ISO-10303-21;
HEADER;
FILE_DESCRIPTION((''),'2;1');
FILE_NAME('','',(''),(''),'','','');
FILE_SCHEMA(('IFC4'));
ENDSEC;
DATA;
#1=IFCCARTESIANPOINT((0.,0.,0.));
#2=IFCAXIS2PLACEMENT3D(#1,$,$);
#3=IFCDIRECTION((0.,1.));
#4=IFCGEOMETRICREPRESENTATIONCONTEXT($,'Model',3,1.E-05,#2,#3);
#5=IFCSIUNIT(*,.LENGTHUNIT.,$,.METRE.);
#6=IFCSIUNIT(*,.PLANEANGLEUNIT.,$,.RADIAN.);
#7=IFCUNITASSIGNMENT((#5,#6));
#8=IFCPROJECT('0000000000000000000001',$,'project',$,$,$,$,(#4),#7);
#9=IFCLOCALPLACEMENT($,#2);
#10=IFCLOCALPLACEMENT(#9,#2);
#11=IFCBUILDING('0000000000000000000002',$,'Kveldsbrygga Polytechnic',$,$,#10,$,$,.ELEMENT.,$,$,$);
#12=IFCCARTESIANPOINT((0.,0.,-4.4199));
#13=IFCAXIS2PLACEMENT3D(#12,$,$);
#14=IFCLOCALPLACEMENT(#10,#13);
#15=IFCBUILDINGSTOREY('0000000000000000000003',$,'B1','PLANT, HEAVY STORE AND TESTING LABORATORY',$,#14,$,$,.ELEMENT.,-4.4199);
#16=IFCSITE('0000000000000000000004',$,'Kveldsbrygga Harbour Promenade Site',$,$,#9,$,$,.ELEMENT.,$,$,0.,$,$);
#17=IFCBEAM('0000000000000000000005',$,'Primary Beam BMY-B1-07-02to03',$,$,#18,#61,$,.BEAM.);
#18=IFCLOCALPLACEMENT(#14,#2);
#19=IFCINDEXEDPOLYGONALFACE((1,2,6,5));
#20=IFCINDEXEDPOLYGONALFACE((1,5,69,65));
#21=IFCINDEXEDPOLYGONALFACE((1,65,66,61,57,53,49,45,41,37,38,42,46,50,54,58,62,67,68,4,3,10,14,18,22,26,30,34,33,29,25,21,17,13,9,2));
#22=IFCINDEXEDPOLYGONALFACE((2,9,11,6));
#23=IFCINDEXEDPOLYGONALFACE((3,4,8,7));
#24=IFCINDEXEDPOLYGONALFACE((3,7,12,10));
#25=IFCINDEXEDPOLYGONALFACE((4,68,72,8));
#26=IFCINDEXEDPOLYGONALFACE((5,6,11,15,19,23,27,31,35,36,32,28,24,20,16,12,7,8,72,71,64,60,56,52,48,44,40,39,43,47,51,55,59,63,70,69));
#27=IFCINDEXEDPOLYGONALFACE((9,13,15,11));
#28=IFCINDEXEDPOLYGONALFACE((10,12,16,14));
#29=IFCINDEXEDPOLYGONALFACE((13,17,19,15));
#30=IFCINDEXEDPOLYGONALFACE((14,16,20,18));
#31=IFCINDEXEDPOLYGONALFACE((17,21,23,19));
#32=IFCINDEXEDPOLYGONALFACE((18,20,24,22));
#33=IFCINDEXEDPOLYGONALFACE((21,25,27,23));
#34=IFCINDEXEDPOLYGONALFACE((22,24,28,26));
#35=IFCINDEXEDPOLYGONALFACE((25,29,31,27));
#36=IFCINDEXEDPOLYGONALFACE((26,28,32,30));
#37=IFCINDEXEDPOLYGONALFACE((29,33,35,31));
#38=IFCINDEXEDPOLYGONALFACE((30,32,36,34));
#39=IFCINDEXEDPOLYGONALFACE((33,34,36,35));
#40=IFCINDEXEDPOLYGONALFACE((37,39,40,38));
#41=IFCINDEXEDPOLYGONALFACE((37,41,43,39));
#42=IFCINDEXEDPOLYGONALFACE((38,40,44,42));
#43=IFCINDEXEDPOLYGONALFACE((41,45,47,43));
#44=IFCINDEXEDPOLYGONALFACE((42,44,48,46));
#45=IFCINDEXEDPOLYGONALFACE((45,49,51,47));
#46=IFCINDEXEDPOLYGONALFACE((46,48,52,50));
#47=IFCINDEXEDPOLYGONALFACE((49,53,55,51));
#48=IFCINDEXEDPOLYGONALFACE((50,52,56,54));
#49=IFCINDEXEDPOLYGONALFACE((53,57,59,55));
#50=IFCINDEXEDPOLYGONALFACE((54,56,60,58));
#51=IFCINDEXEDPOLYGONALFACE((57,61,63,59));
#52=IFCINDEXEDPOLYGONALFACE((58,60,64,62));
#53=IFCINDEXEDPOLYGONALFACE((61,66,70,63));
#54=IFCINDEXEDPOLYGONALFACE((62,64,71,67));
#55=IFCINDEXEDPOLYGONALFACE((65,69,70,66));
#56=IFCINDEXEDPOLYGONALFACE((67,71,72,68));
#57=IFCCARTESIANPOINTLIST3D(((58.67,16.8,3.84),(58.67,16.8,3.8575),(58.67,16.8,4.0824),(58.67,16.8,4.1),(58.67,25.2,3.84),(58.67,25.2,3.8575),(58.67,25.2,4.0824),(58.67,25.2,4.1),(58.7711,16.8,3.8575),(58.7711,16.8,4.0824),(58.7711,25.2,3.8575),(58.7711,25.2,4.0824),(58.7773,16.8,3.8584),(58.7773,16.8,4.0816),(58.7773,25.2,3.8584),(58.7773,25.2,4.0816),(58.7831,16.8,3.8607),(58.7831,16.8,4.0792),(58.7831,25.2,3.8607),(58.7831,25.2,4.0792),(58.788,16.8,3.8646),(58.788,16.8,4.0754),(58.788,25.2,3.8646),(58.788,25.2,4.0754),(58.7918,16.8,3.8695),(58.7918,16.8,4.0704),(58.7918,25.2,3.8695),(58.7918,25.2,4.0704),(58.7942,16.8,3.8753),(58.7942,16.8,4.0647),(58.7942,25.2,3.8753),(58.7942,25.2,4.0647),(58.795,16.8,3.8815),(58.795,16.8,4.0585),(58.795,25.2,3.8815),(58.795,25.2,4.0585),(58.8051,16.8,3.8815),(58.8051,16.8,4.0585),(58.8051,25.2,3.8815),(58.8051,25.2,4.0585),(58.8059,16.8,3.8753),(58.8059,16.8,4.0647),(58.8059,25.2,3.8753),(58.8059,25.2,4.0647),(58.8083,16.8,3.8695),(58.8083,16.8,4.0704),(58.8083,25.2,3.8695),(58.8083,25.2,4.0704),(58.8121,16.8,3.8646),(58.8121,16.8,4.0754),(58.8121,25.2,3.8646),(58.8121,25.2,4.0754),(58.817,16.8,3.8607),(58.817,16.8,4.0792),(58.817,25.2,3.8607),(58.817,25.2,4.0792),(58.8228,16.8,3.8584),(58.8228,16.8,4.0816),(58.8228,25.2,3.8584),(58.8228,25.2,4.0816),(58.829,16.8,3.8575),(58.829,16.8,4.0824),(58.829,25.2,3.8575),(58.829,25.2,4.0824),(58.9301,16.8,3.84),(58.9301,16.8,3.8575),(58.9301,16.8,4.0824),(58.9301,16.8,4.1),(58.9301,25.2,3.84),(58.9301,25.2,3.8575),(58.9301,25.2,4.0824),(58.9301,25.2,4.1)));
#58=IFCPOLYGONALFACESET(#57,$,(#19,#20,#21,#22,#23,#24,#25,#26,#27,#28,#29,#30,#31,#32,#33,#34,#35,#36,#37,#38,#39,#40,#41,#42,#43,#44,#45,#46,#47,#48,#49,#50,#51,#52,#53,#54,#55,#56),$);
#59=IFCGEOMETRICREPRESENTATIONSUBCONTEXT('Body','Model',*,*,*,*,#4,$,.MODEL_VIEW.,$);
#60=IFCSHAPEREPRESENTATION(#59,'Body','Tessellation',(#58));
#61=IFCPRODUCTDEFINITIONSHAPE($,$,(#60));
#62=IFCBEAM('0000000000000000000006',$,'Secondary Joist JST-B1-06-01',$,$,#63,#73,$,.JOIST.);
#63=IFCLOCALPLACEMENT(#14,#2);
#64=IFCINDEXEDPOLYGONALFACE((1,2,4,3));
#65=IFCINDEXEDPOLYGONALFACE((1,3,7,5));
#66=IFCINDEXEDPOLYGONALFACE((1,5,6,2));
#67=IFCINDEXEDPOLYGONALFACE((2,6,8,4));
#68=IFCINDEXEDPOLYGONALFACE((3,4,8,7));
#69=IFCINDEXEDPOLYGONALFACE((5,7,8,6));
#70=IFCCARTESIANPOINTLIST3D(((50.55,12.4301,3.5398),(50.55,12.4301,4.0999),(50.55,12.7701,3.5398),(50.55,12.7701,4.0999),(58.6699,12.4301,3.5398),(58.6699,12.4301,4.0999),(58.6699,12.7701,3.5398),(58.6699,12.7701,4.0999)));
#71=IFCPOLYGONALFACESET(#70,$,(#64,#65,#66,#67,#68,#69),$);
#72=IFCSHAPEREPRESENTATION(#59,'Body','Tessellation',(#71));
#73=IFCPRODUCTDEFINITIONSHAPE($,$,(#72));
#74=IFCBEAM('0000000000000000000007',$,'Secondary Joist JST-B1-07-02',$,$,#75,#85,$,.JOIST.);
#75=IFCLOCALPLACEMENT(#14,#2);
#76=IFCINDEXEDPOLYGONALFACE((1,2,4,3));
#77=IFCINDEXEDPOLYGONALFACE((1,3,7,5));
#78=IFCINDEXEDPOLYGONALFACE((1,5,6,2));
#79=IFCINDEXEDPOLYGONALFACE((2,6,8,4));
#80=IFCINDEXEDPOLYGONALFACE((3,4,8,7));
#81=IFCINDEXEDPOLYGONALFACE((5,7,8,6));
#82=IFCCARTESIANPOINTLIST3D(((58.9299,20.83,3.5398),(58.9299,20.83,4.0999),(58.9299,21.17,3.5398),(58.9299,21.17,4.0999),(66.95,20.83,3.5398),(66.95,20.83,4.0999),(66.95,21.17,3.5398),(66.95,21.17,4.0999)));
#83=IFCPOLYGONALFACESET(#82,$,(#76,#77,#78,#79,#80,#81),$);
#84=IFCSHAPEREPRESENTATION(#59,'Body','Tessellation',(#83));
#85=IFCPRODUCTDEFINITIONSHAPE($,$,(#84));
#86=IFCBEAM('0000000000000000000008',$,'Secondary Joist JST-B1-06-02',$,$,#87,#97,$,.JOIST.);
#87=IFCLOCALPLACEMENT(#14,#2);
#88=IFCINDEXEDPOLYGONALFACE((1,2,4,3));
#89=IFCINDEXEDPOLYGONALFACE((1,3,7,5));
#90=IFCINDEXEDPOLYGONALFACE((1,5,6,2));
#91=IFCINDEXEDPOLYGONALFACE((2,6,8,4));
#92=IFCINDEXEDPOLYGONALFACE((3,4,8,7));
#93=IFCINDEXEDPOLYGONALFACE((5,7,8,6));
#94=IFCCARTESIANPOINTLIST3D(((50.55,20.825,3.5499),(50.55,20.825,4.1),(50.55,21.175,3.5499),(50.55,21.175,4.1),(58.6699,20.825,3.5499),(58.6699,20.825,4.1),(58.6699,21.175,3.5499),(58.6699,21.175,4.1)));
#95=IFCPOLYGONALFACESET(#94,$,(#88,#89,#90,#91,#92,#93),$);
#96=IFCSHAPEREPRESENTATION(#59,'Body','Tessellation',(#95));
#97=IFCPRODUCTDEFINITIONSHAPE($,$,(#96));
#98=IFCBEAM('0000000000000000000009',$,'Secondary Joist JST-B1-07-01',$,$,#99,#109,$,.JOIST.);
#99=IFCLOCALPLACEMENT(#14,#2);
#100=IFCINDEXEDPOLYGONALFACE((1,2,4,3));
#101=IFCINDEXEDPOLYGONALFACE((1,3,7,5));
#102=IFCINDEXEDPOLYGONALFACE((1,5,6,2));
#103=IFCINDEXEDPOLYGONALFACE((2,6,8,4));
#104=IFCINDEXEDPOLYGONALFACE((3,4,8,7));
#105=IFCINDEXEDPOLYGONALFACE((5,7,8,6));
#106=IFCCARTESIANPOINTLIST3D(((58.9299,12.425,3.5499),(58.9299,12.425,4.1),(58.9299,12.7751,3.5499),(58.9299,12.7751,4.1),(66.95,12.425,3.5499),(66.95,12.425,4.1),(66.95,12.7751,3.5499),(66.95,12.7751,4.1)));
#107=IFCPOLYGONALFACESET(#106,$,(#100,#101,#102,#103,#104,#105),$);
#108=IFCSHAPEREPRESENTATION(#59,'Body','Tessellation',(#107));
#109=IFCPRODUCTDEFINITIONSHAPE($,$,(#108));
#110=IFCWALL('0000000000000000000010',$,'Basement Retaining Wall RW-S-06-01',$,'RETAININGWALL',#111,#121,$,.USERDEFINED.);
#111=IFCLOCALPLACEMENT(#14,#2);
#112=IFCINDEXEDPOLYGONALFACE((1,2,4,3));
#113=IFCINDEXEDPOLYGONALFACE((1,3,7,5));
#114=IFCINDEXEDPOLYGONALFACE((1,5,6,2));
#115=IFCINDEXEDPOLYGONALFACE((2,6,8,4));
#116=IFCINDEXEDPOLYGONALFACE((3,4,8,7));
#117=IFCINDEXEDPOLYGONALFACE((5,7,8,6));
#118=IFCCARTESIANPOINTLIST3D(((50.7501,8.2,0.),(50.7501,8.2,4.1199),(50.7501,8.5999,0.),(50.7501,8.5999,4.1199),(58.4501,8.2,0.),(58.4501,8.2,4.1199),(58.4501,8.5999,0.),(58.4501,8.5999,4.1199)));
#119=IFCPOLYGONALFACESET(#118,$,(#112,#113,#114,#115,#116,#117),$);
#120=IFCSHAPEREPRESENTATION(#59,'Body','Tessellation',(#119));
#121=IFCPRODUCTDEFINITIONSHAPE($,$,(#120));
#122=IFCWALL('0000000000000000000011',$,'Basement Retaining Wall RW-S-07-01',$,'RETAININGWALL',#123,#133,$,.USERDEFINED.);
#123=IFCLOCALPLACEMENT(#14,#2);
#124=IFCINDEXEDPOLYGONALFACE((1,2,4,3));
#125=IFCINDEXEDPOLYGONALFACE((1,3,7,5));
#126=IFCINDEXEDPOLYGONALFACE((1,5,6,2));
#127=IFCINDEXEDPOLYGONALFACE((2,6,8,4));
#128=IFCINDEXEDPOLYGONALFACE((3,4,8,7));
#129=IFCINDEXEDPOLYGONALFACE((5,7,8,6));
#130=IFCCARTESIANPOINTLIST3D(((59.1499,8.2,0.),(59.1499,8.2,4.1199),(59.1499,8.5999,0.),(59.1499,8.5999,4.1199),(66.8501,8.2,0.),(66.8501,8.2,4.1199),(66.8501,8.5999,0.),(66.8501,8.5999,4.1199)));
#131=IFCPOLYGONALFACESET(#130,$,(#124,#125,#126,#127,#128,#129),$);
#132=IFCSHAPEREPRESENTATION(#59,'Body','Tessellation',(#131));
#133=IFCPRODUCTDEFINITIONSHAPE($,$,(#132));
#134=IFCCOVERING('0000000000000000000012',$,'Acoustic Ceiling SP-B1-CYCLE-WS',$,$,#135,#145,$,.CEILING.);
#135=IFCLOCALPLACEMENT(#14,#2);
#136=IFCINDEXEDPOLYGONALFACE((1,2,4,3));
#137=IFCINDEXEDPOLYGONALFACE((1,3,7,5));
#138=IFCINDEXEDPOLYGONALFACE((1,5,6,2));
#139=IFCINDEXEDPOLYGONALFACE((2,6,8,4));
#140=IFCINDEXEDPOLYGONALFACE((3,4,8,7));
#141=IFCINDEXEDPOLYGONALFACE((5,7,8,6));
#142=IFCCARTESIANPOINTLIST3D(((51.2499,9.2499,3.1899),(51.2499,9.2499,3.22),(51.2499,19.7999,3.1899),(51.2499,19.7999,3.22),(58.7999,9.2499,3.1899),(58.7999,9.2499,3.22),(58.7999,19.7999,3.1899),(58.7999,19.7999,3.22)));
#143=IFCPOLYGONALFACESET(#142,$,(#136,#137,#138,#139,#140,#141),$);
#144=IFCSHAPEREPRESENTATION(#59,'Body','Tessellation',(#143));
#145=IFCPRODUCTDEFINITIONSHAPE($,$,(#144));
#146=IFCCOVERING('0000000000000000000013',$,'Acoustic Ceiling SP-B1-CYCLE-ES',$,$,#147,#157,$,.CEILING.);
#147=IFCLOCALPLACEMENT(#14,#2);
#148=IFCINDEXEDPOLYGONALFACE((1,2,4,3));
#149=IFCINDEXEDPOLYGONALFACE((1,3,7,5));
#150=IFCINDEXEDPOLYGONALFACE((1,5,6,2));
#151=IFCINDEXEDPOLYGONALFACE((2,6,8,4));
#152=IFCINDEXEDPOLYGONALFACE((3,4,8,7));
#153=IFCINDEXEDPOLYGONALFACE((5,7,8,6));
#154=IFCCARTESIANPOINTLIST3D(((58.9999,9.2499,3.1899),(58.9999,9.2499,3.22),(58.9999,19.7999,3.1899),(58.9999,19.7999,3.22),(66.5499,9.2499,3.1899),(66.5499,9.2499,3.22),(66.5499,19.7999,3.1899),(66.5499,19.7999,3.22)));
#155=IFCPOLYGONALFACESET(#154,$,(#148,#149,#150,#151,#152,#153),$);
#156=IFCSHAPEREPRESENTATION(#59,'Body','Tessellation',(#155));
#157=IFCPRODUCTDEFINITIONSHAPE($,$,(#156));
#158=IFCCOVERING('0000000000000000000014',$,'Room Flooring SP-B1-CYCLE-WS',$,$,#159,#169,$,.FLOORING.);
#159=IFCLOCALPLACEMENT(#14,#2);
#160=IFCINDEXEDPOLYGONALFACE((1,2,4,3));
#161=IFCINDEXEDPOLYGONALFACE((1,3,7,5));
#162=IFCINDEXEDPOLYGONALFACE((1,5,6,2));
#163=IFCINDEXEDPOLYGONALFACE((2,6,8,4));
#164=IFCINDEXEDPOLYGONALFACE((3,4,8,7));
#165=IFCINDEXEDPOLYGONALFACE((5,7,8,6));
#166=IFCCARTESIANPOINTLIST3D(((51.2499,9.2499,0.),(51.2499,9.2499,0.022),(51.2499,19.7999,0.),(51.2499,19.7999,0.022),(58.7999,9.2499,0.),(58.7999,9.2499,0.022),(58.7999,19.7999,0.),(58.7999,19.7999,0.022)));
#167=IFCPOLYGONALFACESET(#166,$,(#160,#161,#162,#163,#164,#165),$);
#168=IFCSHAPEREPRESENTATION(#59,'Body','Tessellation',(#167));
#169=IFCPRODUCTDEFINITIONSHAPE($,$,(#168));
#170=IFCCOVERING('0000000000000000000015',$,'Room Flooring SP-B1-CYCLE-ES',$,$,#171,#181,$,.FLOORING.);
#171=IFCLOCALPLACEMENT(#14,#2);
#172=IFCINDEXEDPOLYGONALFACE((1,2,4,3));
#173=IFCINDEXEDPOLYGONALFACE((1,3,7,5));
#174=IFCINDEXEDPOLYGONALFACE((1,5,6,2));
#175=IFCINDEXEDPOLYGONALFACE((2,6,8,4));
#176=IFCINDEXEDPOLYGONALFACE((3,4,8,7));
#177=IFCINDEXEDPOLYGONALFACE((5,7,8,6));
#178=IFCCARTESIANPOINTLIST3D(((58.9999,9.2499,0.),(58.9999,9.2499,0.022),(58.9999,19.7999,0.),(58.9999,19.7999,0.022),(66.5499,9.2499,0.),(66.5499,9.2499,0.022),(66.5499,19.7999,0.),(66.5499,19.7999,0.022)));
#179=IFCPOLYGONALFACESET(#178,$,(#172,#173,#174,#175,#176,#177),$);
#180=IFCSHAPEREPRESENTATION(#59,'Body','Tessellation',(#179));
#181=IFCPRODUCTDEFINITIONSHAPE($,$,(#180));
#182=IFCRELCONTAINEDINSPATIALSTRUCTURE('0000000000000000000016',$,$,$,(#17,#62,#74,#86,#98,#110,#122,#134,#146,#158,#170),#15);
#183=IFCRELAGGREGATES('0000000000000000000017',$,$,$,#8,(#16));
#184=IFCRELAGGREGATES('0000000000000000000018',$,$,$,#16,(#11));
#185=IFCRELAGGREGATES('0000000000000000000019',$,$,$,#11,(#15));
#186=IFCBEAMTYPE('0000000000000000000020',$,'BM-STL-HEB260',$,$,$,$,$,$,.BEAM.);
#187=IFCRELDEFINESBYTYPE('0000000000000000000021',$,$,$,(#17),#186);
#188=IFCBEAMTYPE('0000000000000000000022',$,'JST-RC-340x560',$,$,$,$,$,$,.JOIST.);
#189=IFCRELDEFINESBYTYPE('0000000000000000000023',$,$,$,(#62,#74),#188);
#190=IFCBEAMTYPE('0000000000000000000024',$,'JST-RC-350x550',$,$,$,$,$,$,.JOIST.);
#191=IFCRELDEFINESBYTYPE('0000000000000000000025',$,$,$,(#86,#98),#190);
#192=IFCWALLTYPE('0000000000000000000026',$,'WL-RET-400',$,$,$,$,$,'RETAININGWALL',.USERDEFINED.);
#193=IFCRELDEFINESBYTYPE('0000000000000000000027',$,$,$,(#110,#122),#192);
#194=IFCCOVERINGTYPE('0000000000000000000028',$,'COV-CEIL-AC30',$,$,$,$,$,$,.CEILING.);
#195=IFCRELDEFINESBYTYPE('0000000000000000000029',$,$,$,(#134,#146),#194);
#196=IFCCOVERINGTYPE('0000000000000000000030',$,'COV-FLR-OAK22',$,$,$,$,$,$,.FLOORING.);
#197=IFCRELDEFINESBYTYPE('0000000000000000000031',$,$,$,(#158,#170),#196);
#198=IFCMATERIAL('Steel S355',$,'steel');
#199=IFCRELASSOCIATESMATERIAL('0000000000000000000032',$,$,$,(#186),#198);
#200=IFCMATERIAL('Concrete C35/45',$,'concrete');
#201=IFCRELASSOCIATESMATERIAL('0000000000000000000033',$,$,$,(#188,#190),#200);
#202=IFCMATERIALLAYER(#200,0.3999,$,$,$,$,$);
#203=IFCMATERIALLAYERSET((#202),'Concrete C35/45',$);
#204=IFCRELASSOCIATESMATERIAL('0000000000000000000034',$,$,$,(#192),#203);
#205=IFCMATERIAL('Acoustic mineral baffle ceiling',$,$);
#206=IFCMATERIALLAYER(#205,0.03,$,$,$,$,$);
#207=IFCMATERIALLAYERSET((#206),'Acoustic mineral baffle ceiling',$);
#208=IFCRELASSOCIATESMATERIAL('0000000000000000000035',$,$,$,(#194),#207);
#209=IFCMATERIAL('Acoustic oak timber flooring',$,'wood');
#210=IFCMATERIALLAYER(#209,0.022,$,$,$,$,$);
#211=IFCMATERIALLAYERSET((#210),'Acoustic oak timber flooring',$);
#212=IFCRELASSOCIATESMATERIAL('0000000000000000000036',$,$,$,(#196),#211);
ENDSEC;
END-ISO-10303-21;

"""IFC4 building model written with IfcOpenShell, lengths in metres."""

from ifc_helpers import new_model, si_unit, direction, frame, frame_2d, origin, origin_2d, place, context, subcontext, project, spatial, rectangle, i_section, extrude, material, layer, layer_set, material_profile, profile_set, type_object, element, save


model = new_model("IFC4")

# Units and contexts
model_context = context("Model", 3, precision=1e-05, world=origin(), true_north=direction((0.0, 1.0)))
body_context = subcontext(model_context, "Body", "Model", "MODEL_VIEW")
ifc_project = project(units=[si_unit("LENGTHUNIT", "METRE"), si_unit("PLANEANGLEUNIT", "RADIAN")], contexts=[model_context])

# Site, building, storey
site_placement = place(None, origin())
site = spatial("IfcSite", under=ifc_project, at=site_placement, Name="Kveldsbrygga Harbour Promenade Site", CompositionType="ELEMENT", RefElevation=0.0)
building_placement = place(site_placement, origin())
building = spatial("IfcBuilding", under=site, at=building_placement, Name="Kveldsbrygga Polytechnic", CompositionType="ELEMENT")
storey_placement = place(building_placement, frame((0.0, 0.0, -4.4199)))
storey = spatial("IfcBuildingStorey", under=building, at=storey_placement, Name="B1", Description="PLANT, HEAVY STORE AND TESTING LABORATORY", CompositionType="ELEMENT", Elevation=-4.4199)

# Shared definitions
ifc_material_1 = material(Name="Concrete C35/45", Category="concrete")

# Beams
ifc_material_2 = material(Name="Steel S355", Category="steel")
ifc_material_profile_1 = material_profile(ifc_material_2, i_section(OverallWidth=0.26, OverallDepth=0.26, WebThickness=0.01, FlangeThickness=0.0176, FilletRadius=0.0239, at=origin_2d()), Name="HEB 260")
ifc_profile_set_1 = profile_set([ifc_material_profile_1], Name="Steel S355")
beam_type_1 = type_object("IfcBeamType", Name="BM-STL-HEB260", PredefinedType="BEAM", material=ifc_profile_set_1)
beam_1_placement = place(storey_placement, frame((58.8, 16.8, 3.97), z_axis=(0.0, 1.0, 0.0), x_axis=(-1.0, 0.0, 0.0)))
element("IfcBeam", 1, at=beam_1_placement, inside=storey, type_object=beam_type_1, Name="Primary Beam BMY-B1-07-02to03", PredefinedType="BEAM", context=body_context, shape_type="SweptSolid", body=[
    extrude(i_section(OverallWidth=0.26, OverallDepth=0.26, WebThickness=0.01, FlangeThickness=0.0176, FilletRadius=0.0239, at=origin_2d()), origin(), (0.0, 0.0, 1.0), 8.3999),
])
ifc_material_profile_2 = material_profile(ifc_material_1, rectangle(XDim=0.3401, YDim=0.5601, at=origin_2d()), Name="RC 340x560")
ifc_profile_set_2 = profile_set([ifc_material_profile_2], Name="Concrete C35/45")
beam_type_2 = type_object("IfcBeamType", Name="JST-RC-340x560", PredefinedType="JOIST", material=ifc_profile_set_2)
beam_2_placement = place(storey_placement, frame((50.55, 12.6001, 3.8198), z_axis=(1.0, 0.0, 0.0), x_axis=(0.0, 1.0, 0.0)))
element("IfcBeam", 2, at=beam_2_placement, inside=storey, type_object=beam_type_2, Name="Secondary Joist JST-B1-06-01", PredefinedType="JOIST", context=body_context, shape_type="SweptSolid", body=[
    extrude(rectangle(XDim=0.3401, YDim=0.5601, at=origin_2d()), origin(), (0.0, 0.0, 1.0), 8.1199),
])
beam_3_placement = place(storey_placement, frame((58.9299, 21.0, 3.8198), z_axis=(1.0, 0.0, 0.0), x_axis=(0.0, 1.0, 0.0)))
element("IfcBeam", 3, at=beam_3_placement, inside=storey, type_object=beam_type_2, Name="Secondary Joist JST-B1-07-02", PredefinedType="JOIST", context=body_context, shape_type="SweptSolid", body=[
    extrude(rectangle(XDim=0.3401, YDim=0.5601, at=origin_2d()), origin(), (0.0, 0.0, 1.0), 8.02),
])
ifc_material_profile_3 = material_profile(ifc_material_1, rectangle(XDim=0.3501, YDim=0.55, at=origin_2d()), Name="RC 350x550")
ifc_profile_set_3 = profile_set([ifc_material_profile_3], Name="Concrete C35/45")
beam_type_3 = type_object("IfcBeamType", Name="JST-RC-350x550", PredefinedType="JOIST", material=ifc_profile_set_3)
beam_4_placement = place(storey_placement, frame((50.55, 21.0, 3.825), z_axis=(1.0, 0.0, 0.0), x_axis=(0.0, 1.0, 0.0)))
element("IfcBeam", 4, at=beam_4_placement, inside=storey, type_object=beam_type_3, Name="Secondary Joist JST-B1-06-02", PredefinedType="JOIST", context=body_context, shape_type="SweptSolid", body=[
    extrude(rectangle(XDim=0.3501, YDim=0.55, at=origin_2d()), origin(), (0.0, 0.0, 1.0), 8.1199),
])
beam_5_placement = place(storey_placement, frame((58.9299, 12.6001, 3.825), z_axis=(1.0, 0.0, 0.0), x_axis=(0.0, 1.0, 0.0)))
element("IfcBeam", 5, at=beam_5_placement, inside=storey, type_object=beam_type_3, Name="Secondary Joist JST-B1-07-01", PredefinedType="JOIST", context=body_context, shape_type="SweptSolid", body=[
    extrude(rectangle(XDim=0.3501, YDim=0.55, at=origin_2d()), origin(), (0.0, 0.0, 1.0), 8.02),
])

# Walls
ifc_layer_1 = layer(ifc_material_1, 0.3999)
ifc_layer_set_1 = layer_set([ifc_layer_1], Name="Concrete C35/45")
wall_type = type_object("IfcWallType", Name="WL-RET-400", ElementType="RETAININGWALL", PredefinedType="USERDEFINED", material=ifc_layer_set_1)
wall_1_placement = place(storey_placement, frame((50.75, 8.3999, 0.0), z_axis=(0.0, 0.0, 1.0), x_axis=(1.0, 0.0, 0.0)))
element("IfcWall", 6, at=wall_1_placement, inside=storey, type_object=wall_type, Name="Basement Retaining Wall RW-S-06-01", ObjectType="RETAININGWALL", PredefinedType="USERDEFINED", context=body_context, shape_type="SweptSolid", body=[
    extrude(rectangle(XDim=7.7, YDim=0.3999, at=frame_2d((3.8501, 0.0))), origin(), (0.0, 0.0, 1.0), 4.1199),
])
wall_2_placement = place(storey_placement, frame((59.1499, 8.3999, 0.0), z_axis=(0.0, 0.0, 1.0), x_axis=(1.0, 0.0, 0.0)))
element("IfcWall", 7, at=wall_2_placement, inside=storey, type_object=wall_type, Name="Basement Retaining Wall RW-S-07-01", ObjectType="RETAININGWALL", PredefinedType="USERDEFINED", context=body_context, shape_type="SweptSolid", body=[
    extrude(rectangle(XDim=7.7002, YDim=0.3999, at=frame_2d((3.8501, 0.0))), origin(), (0.0, 0.0, 1.0), 4.1199),
])

# Coverings
ifc_material_3 = material(Name="Acoustic mineral baffle ceiling")
ifc_layer_2 = layer(ifc_material_3, 0.03)
ifc_layer_set_2 = layer_set([ifc_layer_2], Name="Acoustic mineral baffle ceiling")
covering_type_1 = type_object("IfcCoveringType", Name="COV-CEIL-AC30", PredefinedType="CEILING", material=ifc_layer_set_2)
for number, where, z_axis, x_axis, name in (
    (8, (55.0249, 14.5249, 3.1899), (0.0, 0.0, 1.0), (1.0, 0.0, 0.0), "Acoustic Ceiling SP-B1-CYCLE-WS"),
    (9, (62.7749, 14.5249, 3.1899), (0.0, 0.0, 1.0), (1.0, 0.0, 0.0), "Acoustic Ceiling SP-B1-CYCLE-ES"),
):
    element("IfcCovering", number, at=place(storey_placement, frame(where, z_axis=z_axis, x_axis=x_axis)), inside=storey, type_object=covering_type_1, Name=name, PredefinedType="CEILING", context=body_context, shape_type="SweptSolid", body=[
        extrude(rectangle(XDim=7.55, YDim=10.55, at=origin_2d()), origin(), (0.0, 0.0, 1.0), 0.03),
    ])
ifc_material_4 = material(Name="Acoustic oak timber flooring", Category="wood")
ifc_layer_3 = layer(ifc_material_4, 0.022)
ifc_layer_set_3 = layer_set([ifc_layer_3], Name="Acoustic oak timber flooring")
covering_type_2 = type_object("IfcCoveringType", Name="COV-FLR-OAK22", PredefinedType="FLOORING", material=ifc_layer_set_3)
for number, where, z_axis, x_axis, name in (
    (10, (55.0249, 14.5249, 0.0), (0.0, 0.0, 1.0), (1.0, 0.0, 0.0), "Room Flooring SP-B1-CYCLE-WS"),
    (11, (62.7749, 14.5249, 0.0), (0.0, 0.0, 1.0), (1.0, 0.0, 0.0), "Room Flooring SP-B1-CYCLE-ES"),
):
    element("IfcCovering", number, at=place(storey_placement, frame(where, z_axis=z_axis, x_axis=x_axis)), inside=storey, type_object=covering_type_2, Name=name, PredefinedType="FLOORING", context=body_context, shape_type="SweptSolid", body=[
        extrude(rectangle(XDim=7.55, YDim=10.55, at=origin_2d()), origin(), (0.0, 0.0, 1.0), 0.022),
    ])

save(model, "model.ifc")
